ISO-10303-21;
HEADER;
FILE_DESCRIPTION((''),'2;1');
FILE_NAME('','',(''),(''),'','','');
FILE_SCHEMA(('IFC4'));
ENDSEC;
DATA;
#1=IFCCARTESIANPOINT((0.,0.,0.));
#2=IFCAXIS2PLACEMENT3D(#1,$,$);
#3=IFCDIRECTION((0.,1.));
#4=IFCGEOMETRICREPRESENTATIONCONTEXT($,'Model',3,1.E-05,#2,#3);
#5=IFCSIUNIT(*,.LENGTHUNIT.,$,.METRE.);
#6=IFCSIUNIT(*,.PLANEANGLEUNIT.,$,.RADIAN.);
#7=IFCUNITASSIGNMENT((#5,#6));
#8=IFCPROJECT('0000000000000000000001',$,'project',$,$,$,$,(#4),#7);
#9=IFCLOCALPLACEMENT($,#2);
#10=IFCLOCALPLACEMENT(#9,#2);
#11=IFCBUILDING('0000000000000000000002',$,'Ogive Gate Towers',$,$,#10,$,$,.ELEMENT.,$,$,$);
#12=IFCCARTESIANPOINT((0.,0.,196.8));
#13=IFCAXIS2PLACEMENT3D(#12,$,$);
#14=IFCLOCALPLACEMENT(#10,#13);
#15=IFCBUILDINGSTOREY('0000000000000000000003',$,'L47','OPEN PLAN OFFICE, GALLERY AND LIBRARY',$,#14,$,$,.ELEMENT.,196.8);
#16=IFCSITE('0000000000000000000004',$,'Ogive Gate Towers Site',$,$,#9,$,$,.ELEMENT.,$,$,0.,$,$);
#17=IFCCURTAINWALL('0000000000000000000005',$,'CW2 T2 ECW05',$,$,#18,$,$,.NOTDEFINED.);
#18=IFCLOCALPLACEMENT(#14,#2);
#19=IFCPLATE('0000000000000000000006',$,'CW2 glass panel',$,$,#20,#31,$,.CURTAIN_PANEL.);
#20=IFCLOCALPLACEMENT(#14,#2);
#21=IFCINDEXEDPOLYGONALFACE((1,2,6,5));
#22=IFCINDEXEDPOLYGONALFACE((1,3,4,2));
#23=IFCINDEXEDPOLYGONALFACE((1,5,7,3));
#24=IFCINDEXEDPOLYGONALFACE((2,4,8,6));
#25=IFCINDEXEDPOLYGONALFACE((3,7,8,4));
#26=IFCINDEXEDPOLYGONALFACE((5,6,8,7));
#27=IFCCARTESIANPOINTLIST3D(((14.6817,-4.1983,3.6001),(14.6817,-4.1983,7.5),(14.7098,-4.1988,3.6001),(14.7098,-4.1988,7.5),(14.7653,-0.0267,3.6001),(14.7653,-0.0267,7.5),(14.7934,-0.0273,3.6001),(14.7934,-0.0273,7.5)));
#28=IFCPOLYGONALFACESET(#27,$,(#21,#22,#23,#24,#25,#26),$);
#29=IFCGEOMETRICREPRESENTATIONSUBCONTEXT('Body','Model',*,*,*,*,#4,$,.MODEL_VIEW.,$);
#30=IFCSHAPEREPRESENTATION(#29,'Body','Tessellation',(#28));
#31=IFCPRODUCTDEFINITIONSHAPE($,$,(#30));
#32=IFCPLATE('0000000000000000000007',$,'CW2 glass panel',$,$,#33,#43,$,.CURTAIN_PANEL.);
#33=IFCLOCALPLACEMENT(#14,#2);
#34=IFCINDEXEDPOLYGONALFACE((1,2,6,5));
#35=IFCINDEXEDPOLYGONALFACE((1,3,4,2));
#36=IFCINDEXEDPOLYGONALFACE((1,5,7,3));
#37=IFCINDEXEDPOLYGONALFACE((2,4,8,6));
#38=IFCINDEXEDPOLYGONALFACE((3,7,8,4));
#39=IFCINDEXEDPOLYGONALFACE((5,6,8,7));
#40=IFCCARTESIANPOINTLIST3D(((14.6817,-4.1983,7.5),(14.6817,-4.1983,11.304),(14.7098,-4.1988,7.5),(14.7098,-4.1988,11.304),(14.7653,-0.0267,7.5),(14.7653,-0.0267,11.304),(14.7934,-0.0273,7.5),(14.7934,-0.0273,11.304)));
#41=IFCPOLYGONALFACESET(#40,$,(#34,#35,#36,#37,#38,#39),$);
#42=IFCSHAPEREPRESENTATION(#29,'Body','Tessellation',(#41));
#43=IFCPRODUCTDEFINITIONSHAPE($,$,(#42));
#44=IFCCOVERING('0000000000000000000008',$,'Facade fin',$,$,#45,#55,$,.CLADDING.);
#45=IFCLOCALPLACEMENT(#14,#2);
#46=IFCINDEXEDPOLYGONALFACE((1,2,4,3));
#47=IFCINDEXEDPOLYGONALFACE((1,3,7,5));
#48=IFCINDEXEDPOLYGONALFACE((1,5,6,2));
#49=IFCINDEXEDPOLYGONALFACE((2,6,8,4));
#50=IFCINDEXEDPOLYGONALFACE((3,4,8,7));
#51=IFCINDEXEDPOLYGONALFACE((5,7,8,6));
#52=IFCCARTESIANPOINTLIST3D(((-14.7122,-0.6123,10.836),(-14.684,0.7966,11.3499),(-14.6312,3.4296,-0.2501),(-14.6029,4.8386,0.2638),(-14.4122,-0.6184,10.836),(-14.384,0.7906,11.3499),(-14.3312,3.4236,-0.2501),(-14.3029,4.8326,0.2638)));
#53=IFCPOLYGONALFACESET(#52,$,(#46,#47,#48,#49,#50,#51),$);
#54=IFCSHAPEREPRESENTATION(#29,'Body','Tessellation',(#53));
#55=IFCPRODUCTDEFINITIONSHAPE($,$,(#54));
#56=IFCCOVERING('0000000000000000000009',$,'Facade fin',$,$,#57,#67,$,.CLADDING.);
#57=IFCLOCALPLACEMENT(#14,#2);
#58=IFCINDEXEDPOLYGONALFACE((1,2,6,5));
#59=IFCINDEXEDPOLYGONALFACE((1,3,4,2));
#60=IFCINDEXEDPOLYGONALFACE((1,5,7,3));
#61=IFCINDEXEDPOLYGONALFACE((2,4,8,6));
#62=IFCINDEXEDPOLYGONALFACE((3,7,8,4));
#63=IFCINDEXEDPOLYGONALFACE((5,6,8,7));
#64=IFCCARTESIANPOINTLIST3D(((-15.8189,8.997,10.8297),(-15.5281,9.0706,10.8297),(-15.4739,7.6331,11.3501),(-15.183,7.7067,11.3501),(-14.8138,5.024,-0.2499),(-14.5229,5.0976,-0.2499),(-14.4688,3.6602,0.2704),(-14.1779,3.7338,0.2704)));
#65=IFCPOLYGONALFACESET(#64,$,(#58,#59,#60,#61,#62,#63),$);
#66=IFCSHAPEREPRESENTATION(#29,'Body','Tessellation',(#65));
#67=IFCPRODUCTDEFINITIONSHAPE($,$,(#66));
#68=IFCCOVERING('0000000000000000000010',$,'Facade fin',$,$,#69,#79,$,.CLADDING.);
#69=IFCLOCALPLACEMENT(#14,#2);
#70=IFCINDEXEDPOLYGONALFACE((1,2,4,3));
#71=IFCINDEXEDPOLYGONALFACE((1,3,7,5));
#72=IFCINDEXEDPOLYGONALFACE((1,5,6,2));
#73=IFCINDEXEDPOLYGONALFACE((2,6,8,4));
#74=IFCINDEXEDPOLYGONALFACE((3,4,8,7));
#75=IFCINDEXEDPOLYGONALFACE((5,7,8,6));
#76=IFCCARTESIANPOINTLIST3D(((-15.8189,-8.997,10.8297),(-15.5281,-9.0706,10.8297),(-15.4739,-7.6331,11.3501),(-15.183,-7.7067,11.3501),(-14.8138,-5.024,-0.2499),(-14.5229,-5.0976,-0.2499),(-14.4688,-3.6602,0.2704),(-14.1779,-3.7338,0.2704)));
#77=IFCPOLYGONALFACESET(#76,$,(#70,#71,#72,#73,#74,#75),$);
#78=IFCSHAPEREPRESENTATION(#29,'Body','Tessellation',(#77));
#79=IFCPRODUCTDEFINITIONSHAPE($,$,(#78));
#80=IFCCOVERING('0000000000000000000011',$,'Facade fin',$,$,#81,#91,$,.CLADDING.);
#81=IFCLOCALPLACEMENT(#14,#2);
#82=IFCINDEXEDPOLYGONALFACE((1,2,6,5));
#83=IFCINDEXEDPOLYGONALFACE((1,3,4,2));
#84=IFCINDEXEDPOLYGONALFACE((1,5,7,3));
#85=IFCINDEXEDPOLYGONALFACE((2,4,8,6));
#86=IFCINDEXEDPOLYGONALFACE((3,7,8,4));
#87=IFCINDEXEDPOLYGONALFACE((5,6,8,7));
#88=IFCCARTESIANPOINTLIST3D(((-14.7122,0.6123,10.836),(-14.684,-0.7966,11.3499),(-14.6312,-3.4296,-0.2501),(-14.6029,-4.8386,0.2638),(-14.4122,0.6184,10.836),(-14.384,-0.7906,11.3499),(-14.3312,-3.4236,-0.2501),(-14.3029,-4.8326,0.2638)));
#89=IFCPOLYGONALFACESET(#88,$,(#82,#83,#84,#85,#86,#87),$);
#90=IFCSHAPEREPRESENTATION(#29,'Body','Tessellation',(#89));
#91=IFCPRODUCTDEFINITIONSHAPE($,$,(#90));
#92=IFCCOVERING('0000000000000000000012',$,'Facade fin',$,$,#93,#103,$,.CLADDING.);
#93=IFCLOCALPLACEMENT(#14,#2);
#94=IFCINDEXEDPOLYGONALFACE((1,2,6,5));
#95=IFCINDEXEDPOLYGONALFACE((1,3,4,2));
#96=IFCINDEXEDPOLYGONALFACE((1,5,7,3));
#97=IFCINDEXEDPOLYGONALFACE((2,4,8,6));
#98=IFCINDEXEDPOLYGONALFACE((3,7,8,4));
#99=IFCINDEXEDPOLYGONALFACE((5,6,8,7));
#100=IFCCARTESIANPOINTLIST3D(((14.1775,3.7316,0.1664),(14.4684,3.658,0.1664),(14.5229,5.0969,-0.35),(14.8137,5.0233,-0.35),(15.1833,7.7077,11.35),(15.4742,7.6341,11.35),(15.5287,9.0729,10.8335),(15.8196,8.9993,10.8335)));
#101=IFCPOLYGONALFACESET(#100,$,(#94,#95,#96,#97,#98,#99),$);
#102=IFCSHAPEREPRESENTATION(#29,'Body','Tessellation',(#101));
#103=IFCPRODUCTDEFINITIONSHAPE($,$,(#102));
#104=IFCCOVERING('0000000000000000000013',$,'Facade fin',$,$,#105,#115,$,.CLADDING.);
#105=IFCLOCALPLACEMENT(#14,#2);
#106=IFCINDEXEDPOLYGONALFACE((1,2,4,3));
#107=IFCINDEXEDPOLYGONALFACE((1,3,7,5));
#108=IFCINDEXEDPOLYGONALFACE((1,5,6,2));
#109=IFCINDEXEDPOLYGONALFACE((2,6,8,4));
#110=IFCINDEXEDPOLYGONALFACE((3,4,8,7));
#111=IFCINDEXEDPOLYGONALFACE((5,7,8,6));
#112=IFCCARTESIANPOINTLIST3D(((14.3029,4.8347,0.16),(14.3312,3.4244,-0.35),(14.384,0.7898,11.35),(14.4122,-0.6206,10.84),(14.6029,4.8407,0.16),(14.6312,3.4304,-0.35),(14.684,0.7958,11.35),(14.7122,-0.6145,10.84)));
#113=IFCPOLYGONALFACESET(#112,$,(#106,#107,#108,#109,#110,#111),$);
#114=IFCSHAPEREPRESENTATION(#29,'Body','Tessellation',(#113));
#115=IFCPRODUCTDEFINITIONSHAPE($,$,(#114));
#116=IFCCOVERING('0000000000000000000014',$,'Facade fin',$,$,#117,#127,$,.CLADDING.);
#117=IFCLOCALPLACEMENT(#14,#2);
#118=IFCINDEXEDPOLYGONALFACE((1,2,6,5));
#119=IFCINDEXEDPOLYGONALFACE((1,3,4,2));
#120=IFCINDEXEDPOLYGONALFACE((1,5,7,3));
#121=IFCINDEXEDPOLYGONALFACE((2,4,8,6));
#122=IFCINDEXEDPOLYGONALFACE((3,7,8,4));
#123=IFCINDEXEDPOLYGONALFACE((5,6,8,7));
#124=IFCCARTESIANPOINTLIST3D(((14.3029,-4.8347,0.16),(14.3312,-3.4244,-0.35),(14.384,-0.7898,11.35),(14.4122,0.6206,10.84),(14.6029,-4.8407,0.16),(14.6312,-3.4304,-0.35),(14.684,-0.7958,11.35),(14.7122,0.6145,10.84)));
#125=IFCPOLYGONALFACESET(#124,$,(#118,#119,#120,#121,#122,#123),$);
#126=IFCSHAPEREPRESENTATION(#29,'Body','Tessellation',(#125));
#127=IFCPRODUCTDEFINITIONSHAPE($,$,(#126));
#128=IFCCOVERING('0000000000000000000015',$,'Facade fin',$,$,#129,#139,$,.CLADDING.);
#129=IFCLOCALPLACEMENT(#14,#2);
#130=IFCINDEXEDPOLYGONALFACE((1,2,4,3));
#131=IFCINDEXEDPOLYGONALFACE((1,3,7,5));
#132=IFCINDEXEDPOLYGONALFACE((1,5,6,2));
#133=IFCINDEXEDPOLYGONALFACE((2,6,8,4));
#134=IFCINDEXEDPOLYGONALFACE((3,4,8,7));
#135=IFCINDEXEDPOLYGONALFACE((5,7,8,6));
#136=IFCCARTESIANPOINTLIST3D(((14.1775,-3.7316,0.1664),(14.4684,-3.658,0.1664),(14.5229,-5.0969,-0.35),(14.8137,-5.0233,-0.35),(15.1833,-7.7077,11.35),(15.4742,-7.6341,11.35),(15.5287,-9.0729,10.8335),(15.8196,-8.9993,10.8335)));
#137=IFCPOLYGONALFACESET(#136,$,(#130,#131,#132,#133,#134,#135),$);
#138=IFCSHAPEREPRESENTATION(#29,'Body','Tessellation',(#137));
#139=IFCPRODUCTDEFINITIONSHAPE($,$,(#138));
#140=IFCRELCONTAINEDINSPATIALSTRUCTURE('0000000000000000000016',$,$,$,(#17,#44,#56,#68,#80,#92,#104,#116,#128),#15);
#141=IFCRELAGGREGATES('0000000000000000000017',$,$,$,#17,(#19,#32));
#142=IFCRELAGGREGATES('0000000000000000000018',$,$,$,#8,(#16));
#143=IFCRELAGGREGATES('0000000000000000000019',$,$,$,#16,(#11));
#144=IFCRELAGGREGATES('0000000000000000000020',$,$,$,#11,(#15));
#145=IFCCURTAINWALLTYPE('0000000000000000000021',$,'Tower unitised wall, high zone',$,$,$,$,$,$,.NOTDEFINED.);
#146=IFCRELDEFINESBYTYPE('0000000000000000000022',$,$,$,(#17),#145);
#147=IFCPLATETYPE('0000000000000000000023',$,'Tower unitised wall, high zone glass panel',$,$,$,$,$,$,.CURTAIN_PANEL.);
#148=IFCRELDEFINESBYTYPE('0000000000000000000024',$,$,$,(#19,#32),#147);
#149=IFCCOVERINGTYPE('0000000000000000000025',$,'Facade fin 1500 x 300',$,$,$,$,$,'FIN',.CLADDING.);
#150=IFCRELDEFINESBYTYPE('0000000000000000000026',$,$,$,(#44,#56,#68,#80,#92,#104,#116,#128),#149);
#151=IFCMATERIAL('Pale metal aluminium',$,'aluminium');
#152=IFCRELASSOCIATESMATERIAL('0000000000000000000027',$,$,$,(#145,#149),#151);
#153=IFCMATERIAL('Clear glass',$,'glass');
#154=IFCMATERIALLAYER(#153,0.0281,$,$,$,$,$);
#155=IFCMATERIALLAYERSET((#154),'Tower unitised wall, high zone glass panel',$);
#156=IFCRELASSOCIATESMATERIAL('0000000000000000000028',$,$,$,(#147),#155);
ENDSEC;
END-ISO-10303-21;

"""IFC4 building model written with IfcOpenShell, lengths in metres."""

from ifc_helpers import new_model, si_unit, direction, frame, origin, origin_2d, place, context, subcontext, project, spatial, rectangle, extrude, material, layer, layer_set, material_profile, profile_set, type_object, element, aggregate, save


model = new_model("IFC4")

# Units and contexts
model_context = context("Model", 3, precision=1e-05, world=origin(), true_north=direction((0.0, 1.0)))
body_context = subcontext(model_context, "Body", "Model", "MODEL_VIEW")
ifc_project = project(units=[si_unit("LENGTHUNIT", "METRE"), si_unit("PLANEANGLEUNIT", "RADIAN")], contexts=[model_context])

# Site, building, storey
site_placement = place(None, origin())
site = spatial("IfcSite", under=ifc_project, at=site_placement, Name="Ogive Gate Towers Site", CompositionType="ELEMENT", RefElevation=0.0)
building_placement = place(site_placement, origin())
building = spatial("IfcBuilding", under=site, at=building_placement, Name="Ogive Gate Towers", CompositionType="ELEMENT")
storey_placement = place(building_placement, frame((0.0, 0.0, 196.8)))
storey = spatial("IfcBuildingStorey", under=building, at=storey_placement, Name="L47", Description="OPEN PLAN OFFICE, GALLERY AND LIBRARY", CompositionType="ELEMENT", Elevation=196.8)

# Shared definitions
ifc_material_1 = material(Name="Pale metal aluminium", Category="aluminium")
curtain_wall_type = type_object("IfcCurtainWallType", Name="Tower unitised wall, high zone", PredefinedType="NOTDEFINED", material=ifc_material_1)

# Curtain wall
curtain_wall_1_placement = place(storey_placement, origin())
curtain_wall_1 = element("IfcCurtainWall", 1, at=curtain_wall_1_placement, inside=storey, type_object=curtain_wall_type, Name="CW2 T2 ECW05", PredefinedType="NOTDEFINED")

# Plates
ifc_material_2 = material(Name="Clear glass", Category="glass")
ifc_layer_1 = layer(ifc_material_2, 0.0281)
ifc_layer_set_1 = layer_set([ifc_layer_1], Name="Tower unitised wall, high zone glass panel")
plate_type = type_object("IfcPlateType", Name="Tower unitised wall, high zone glass panel", PredefinedType="CURTAIN_PANEL", material=ifc_layer_set_1)
plate_1_placement = place(storey_placement, frame((14.7375, -2.1128, 3.6001), z_axis=(0.0, 0.0, 1.0), x_axis=(-0.020052, -0.999799, 0.0)))
plate_1 = element("IfcPlate", 2, at=plate_1_placement, type_object=plate_type, Name="CW2 glass panel", PredefinedType="CURTAIN_PANEL", context=body_context, shape_type="SweptSolid", body=[
    extrude(rectangle(XDim=4.1724, YDim=0.0281, at=origin_2d()), origin(), (0.0, 0.0, 1.0), 3.8999),
])
plate_2_placement = place(storey_placement, frame((14.7375, -2.1128, 7.5), z_axis=(0.0, 0.0, 1.0), x_axis=(-0.020052, -0.999799, 0.0)))
plate_2 = element("IfcPlate", 3, at=plate_2_placement, type_object=plate_type, Name="CW2 glass panel", PredefinedType="CURTAIN_PANEL", context=body_context, shape_type="SweptSolid", body=[
    extrude(rectangle(XDim=4.1724, YDim=0.0281, at=origin_2d()), origin(), (0.0, 0.0, 1.0), 3.804),
])
aggregate(curtain_wall_1, [plate_1, plate_2])

# Coverings
ifc_material_profile_1 = material_profile(ifc_material_1, rectangle(XDim=0.3, YDim=1.5, at=origin_2d()), Name="1500 x 300 pale metal aluminium")
ifc_profile_set_1 = profile_set([ifc_material_profile_1], Name="Pale metal aluminium")
covering_type = type_object("IfcCoveringType", Name="Facade fin 1500 x 300", ElementType="FIN", PredefinedType="CLADDING", material=ifc_profile_set_1)
covering_1_placement = place(storey_placement, frame((-14.467, 4.1311, 0.0068), z_axis=(-0.006869, -0.342532, 0.939481), x_axis=(0.999799, -0.020049, 0.0)))
element("IfcCovering", 4, at=covering_1_placement, inside=storey, type_object=covering_type, Name="Facade fin", PredefinedType="CLADDING", context=body_context, shape_type="SweptSolid", body=[
    extrude(rectangle(XDim=0.3, YDim=1.5, at=origin_2d()), origin(), (0.0, 0.0, 1.0), 11.8003),
])
for number, where, z_axis, x_axis, name in (
    (5, (-14.4958, 4.3789, 0.0103), (-0.085085, 0.33631, 0.9379), (-0.969455, -0.245268, 0.0), "Facade fin"),
    (6, (-14.4958, -4.3789, 0.0103), (-0.085085, -0.33631, 0.9379), (0.969455, -0.245268, 0.0), "Facade fin"),
):
    element("IfcCovering", number, at=place(storey_placement, frame(where, z_axis=z_axis, x_axis=x_axis)), inside=storey, type_object=covering_type, Name=name, PredefinedType="CLADDING", context=body_context, shape_type="SweptSolid", body=[
        extrude(rectangle(XDim=0.3, YDim=1.5, at=origin_2d()), origin(), (0.0, 0.0, 1.0), 11.8132),
    ])
covering_2_placement = place(storey_placement, frame((-14.467, -4.1311, 0.0068), z_axis=(-0.006869, 0.342532, 0.939481), x_axis=(-0.999799, -0.020049, 0.0)))
element("IfcCovering", 7, at=covering_2_placement, inside=storey, type_object=covering_type, Name="Facade fin", PredefinedType="CLADDING", context=body_context, shape_type="SweptSolid", body=[
    extrude(rectangle(XDim=0.3, YDim=1.5, at=origin_2d()), origin(), (0.0, 0.0, 1.0), 11.8003),
])
covering_3_placement = place(storey_placement, frame((14.4956, 4.3774, -0.0918), z_axis=(0.084441, 0.33379, 0.938858), x_axis=(-0.969459, 0.245252, 0.0)))
element("IfcCovering", 8, at=covering_3_placement, inside=storey, type_object=covering_type, Name="Facade fin", PredefinedType="CLADDING", context=body_context, shape_type="SweptSolid", body=[
    extrude(rectangle(XDim=0.3, YDim=1.5, at=origin_2d()), origin(), (0.0, 0.0, 1.0), 11.9119),
])
for number, where, z_axis, x_axis, name in (
    (9, (14.467, 4.1326, -0.095), (0.006812, -0.339942, 0.940422), (0.999799, 0.020035, 0.0), "Facade fin"),
    (10, (14.467, -4.1326, -0.095), (0.006812, 0.339942, 0.940422), (-0.999799, 0.020035, 0.0), "Facade fin"),
):
    element("IfcCovering", number, at=place(storey_placement, frame(where, z_axis=z_axis, x_axis=x_axis)), inside=storey, type_object=covering_type, Name=name, PredefinedType="CLADDING", context=body_context, shape_type="SweptSolid", body=[
        extrude(rectangle(XDim=0.3, YDim=1.5, at=origin_2d()), origin(), (0.0, 0.0, 1.0), 11.8989),
    ])
covering_4_placement = place(storey_placement, frame((14.4956, -4.3774, -0.0918), z_axis=(0.084441, -0.33379, 0.938858), x_axis=(0.969459, 0.245252, 0.0)))
element("IfcCovering", 11, at=covering_4_placement, inside=storey, type_object=covering_type, Name="Facade fin", PredefinedType="CLADDING", context=body_context, shape_type="SweptSolid", body=[
    extrude(rectangle(XDim=0.3, YDim=1.5, at=origin_2d()), origin(), (0.0, 0.0, 1.0), 11.9119),
])

save(model, "model.ifc")
